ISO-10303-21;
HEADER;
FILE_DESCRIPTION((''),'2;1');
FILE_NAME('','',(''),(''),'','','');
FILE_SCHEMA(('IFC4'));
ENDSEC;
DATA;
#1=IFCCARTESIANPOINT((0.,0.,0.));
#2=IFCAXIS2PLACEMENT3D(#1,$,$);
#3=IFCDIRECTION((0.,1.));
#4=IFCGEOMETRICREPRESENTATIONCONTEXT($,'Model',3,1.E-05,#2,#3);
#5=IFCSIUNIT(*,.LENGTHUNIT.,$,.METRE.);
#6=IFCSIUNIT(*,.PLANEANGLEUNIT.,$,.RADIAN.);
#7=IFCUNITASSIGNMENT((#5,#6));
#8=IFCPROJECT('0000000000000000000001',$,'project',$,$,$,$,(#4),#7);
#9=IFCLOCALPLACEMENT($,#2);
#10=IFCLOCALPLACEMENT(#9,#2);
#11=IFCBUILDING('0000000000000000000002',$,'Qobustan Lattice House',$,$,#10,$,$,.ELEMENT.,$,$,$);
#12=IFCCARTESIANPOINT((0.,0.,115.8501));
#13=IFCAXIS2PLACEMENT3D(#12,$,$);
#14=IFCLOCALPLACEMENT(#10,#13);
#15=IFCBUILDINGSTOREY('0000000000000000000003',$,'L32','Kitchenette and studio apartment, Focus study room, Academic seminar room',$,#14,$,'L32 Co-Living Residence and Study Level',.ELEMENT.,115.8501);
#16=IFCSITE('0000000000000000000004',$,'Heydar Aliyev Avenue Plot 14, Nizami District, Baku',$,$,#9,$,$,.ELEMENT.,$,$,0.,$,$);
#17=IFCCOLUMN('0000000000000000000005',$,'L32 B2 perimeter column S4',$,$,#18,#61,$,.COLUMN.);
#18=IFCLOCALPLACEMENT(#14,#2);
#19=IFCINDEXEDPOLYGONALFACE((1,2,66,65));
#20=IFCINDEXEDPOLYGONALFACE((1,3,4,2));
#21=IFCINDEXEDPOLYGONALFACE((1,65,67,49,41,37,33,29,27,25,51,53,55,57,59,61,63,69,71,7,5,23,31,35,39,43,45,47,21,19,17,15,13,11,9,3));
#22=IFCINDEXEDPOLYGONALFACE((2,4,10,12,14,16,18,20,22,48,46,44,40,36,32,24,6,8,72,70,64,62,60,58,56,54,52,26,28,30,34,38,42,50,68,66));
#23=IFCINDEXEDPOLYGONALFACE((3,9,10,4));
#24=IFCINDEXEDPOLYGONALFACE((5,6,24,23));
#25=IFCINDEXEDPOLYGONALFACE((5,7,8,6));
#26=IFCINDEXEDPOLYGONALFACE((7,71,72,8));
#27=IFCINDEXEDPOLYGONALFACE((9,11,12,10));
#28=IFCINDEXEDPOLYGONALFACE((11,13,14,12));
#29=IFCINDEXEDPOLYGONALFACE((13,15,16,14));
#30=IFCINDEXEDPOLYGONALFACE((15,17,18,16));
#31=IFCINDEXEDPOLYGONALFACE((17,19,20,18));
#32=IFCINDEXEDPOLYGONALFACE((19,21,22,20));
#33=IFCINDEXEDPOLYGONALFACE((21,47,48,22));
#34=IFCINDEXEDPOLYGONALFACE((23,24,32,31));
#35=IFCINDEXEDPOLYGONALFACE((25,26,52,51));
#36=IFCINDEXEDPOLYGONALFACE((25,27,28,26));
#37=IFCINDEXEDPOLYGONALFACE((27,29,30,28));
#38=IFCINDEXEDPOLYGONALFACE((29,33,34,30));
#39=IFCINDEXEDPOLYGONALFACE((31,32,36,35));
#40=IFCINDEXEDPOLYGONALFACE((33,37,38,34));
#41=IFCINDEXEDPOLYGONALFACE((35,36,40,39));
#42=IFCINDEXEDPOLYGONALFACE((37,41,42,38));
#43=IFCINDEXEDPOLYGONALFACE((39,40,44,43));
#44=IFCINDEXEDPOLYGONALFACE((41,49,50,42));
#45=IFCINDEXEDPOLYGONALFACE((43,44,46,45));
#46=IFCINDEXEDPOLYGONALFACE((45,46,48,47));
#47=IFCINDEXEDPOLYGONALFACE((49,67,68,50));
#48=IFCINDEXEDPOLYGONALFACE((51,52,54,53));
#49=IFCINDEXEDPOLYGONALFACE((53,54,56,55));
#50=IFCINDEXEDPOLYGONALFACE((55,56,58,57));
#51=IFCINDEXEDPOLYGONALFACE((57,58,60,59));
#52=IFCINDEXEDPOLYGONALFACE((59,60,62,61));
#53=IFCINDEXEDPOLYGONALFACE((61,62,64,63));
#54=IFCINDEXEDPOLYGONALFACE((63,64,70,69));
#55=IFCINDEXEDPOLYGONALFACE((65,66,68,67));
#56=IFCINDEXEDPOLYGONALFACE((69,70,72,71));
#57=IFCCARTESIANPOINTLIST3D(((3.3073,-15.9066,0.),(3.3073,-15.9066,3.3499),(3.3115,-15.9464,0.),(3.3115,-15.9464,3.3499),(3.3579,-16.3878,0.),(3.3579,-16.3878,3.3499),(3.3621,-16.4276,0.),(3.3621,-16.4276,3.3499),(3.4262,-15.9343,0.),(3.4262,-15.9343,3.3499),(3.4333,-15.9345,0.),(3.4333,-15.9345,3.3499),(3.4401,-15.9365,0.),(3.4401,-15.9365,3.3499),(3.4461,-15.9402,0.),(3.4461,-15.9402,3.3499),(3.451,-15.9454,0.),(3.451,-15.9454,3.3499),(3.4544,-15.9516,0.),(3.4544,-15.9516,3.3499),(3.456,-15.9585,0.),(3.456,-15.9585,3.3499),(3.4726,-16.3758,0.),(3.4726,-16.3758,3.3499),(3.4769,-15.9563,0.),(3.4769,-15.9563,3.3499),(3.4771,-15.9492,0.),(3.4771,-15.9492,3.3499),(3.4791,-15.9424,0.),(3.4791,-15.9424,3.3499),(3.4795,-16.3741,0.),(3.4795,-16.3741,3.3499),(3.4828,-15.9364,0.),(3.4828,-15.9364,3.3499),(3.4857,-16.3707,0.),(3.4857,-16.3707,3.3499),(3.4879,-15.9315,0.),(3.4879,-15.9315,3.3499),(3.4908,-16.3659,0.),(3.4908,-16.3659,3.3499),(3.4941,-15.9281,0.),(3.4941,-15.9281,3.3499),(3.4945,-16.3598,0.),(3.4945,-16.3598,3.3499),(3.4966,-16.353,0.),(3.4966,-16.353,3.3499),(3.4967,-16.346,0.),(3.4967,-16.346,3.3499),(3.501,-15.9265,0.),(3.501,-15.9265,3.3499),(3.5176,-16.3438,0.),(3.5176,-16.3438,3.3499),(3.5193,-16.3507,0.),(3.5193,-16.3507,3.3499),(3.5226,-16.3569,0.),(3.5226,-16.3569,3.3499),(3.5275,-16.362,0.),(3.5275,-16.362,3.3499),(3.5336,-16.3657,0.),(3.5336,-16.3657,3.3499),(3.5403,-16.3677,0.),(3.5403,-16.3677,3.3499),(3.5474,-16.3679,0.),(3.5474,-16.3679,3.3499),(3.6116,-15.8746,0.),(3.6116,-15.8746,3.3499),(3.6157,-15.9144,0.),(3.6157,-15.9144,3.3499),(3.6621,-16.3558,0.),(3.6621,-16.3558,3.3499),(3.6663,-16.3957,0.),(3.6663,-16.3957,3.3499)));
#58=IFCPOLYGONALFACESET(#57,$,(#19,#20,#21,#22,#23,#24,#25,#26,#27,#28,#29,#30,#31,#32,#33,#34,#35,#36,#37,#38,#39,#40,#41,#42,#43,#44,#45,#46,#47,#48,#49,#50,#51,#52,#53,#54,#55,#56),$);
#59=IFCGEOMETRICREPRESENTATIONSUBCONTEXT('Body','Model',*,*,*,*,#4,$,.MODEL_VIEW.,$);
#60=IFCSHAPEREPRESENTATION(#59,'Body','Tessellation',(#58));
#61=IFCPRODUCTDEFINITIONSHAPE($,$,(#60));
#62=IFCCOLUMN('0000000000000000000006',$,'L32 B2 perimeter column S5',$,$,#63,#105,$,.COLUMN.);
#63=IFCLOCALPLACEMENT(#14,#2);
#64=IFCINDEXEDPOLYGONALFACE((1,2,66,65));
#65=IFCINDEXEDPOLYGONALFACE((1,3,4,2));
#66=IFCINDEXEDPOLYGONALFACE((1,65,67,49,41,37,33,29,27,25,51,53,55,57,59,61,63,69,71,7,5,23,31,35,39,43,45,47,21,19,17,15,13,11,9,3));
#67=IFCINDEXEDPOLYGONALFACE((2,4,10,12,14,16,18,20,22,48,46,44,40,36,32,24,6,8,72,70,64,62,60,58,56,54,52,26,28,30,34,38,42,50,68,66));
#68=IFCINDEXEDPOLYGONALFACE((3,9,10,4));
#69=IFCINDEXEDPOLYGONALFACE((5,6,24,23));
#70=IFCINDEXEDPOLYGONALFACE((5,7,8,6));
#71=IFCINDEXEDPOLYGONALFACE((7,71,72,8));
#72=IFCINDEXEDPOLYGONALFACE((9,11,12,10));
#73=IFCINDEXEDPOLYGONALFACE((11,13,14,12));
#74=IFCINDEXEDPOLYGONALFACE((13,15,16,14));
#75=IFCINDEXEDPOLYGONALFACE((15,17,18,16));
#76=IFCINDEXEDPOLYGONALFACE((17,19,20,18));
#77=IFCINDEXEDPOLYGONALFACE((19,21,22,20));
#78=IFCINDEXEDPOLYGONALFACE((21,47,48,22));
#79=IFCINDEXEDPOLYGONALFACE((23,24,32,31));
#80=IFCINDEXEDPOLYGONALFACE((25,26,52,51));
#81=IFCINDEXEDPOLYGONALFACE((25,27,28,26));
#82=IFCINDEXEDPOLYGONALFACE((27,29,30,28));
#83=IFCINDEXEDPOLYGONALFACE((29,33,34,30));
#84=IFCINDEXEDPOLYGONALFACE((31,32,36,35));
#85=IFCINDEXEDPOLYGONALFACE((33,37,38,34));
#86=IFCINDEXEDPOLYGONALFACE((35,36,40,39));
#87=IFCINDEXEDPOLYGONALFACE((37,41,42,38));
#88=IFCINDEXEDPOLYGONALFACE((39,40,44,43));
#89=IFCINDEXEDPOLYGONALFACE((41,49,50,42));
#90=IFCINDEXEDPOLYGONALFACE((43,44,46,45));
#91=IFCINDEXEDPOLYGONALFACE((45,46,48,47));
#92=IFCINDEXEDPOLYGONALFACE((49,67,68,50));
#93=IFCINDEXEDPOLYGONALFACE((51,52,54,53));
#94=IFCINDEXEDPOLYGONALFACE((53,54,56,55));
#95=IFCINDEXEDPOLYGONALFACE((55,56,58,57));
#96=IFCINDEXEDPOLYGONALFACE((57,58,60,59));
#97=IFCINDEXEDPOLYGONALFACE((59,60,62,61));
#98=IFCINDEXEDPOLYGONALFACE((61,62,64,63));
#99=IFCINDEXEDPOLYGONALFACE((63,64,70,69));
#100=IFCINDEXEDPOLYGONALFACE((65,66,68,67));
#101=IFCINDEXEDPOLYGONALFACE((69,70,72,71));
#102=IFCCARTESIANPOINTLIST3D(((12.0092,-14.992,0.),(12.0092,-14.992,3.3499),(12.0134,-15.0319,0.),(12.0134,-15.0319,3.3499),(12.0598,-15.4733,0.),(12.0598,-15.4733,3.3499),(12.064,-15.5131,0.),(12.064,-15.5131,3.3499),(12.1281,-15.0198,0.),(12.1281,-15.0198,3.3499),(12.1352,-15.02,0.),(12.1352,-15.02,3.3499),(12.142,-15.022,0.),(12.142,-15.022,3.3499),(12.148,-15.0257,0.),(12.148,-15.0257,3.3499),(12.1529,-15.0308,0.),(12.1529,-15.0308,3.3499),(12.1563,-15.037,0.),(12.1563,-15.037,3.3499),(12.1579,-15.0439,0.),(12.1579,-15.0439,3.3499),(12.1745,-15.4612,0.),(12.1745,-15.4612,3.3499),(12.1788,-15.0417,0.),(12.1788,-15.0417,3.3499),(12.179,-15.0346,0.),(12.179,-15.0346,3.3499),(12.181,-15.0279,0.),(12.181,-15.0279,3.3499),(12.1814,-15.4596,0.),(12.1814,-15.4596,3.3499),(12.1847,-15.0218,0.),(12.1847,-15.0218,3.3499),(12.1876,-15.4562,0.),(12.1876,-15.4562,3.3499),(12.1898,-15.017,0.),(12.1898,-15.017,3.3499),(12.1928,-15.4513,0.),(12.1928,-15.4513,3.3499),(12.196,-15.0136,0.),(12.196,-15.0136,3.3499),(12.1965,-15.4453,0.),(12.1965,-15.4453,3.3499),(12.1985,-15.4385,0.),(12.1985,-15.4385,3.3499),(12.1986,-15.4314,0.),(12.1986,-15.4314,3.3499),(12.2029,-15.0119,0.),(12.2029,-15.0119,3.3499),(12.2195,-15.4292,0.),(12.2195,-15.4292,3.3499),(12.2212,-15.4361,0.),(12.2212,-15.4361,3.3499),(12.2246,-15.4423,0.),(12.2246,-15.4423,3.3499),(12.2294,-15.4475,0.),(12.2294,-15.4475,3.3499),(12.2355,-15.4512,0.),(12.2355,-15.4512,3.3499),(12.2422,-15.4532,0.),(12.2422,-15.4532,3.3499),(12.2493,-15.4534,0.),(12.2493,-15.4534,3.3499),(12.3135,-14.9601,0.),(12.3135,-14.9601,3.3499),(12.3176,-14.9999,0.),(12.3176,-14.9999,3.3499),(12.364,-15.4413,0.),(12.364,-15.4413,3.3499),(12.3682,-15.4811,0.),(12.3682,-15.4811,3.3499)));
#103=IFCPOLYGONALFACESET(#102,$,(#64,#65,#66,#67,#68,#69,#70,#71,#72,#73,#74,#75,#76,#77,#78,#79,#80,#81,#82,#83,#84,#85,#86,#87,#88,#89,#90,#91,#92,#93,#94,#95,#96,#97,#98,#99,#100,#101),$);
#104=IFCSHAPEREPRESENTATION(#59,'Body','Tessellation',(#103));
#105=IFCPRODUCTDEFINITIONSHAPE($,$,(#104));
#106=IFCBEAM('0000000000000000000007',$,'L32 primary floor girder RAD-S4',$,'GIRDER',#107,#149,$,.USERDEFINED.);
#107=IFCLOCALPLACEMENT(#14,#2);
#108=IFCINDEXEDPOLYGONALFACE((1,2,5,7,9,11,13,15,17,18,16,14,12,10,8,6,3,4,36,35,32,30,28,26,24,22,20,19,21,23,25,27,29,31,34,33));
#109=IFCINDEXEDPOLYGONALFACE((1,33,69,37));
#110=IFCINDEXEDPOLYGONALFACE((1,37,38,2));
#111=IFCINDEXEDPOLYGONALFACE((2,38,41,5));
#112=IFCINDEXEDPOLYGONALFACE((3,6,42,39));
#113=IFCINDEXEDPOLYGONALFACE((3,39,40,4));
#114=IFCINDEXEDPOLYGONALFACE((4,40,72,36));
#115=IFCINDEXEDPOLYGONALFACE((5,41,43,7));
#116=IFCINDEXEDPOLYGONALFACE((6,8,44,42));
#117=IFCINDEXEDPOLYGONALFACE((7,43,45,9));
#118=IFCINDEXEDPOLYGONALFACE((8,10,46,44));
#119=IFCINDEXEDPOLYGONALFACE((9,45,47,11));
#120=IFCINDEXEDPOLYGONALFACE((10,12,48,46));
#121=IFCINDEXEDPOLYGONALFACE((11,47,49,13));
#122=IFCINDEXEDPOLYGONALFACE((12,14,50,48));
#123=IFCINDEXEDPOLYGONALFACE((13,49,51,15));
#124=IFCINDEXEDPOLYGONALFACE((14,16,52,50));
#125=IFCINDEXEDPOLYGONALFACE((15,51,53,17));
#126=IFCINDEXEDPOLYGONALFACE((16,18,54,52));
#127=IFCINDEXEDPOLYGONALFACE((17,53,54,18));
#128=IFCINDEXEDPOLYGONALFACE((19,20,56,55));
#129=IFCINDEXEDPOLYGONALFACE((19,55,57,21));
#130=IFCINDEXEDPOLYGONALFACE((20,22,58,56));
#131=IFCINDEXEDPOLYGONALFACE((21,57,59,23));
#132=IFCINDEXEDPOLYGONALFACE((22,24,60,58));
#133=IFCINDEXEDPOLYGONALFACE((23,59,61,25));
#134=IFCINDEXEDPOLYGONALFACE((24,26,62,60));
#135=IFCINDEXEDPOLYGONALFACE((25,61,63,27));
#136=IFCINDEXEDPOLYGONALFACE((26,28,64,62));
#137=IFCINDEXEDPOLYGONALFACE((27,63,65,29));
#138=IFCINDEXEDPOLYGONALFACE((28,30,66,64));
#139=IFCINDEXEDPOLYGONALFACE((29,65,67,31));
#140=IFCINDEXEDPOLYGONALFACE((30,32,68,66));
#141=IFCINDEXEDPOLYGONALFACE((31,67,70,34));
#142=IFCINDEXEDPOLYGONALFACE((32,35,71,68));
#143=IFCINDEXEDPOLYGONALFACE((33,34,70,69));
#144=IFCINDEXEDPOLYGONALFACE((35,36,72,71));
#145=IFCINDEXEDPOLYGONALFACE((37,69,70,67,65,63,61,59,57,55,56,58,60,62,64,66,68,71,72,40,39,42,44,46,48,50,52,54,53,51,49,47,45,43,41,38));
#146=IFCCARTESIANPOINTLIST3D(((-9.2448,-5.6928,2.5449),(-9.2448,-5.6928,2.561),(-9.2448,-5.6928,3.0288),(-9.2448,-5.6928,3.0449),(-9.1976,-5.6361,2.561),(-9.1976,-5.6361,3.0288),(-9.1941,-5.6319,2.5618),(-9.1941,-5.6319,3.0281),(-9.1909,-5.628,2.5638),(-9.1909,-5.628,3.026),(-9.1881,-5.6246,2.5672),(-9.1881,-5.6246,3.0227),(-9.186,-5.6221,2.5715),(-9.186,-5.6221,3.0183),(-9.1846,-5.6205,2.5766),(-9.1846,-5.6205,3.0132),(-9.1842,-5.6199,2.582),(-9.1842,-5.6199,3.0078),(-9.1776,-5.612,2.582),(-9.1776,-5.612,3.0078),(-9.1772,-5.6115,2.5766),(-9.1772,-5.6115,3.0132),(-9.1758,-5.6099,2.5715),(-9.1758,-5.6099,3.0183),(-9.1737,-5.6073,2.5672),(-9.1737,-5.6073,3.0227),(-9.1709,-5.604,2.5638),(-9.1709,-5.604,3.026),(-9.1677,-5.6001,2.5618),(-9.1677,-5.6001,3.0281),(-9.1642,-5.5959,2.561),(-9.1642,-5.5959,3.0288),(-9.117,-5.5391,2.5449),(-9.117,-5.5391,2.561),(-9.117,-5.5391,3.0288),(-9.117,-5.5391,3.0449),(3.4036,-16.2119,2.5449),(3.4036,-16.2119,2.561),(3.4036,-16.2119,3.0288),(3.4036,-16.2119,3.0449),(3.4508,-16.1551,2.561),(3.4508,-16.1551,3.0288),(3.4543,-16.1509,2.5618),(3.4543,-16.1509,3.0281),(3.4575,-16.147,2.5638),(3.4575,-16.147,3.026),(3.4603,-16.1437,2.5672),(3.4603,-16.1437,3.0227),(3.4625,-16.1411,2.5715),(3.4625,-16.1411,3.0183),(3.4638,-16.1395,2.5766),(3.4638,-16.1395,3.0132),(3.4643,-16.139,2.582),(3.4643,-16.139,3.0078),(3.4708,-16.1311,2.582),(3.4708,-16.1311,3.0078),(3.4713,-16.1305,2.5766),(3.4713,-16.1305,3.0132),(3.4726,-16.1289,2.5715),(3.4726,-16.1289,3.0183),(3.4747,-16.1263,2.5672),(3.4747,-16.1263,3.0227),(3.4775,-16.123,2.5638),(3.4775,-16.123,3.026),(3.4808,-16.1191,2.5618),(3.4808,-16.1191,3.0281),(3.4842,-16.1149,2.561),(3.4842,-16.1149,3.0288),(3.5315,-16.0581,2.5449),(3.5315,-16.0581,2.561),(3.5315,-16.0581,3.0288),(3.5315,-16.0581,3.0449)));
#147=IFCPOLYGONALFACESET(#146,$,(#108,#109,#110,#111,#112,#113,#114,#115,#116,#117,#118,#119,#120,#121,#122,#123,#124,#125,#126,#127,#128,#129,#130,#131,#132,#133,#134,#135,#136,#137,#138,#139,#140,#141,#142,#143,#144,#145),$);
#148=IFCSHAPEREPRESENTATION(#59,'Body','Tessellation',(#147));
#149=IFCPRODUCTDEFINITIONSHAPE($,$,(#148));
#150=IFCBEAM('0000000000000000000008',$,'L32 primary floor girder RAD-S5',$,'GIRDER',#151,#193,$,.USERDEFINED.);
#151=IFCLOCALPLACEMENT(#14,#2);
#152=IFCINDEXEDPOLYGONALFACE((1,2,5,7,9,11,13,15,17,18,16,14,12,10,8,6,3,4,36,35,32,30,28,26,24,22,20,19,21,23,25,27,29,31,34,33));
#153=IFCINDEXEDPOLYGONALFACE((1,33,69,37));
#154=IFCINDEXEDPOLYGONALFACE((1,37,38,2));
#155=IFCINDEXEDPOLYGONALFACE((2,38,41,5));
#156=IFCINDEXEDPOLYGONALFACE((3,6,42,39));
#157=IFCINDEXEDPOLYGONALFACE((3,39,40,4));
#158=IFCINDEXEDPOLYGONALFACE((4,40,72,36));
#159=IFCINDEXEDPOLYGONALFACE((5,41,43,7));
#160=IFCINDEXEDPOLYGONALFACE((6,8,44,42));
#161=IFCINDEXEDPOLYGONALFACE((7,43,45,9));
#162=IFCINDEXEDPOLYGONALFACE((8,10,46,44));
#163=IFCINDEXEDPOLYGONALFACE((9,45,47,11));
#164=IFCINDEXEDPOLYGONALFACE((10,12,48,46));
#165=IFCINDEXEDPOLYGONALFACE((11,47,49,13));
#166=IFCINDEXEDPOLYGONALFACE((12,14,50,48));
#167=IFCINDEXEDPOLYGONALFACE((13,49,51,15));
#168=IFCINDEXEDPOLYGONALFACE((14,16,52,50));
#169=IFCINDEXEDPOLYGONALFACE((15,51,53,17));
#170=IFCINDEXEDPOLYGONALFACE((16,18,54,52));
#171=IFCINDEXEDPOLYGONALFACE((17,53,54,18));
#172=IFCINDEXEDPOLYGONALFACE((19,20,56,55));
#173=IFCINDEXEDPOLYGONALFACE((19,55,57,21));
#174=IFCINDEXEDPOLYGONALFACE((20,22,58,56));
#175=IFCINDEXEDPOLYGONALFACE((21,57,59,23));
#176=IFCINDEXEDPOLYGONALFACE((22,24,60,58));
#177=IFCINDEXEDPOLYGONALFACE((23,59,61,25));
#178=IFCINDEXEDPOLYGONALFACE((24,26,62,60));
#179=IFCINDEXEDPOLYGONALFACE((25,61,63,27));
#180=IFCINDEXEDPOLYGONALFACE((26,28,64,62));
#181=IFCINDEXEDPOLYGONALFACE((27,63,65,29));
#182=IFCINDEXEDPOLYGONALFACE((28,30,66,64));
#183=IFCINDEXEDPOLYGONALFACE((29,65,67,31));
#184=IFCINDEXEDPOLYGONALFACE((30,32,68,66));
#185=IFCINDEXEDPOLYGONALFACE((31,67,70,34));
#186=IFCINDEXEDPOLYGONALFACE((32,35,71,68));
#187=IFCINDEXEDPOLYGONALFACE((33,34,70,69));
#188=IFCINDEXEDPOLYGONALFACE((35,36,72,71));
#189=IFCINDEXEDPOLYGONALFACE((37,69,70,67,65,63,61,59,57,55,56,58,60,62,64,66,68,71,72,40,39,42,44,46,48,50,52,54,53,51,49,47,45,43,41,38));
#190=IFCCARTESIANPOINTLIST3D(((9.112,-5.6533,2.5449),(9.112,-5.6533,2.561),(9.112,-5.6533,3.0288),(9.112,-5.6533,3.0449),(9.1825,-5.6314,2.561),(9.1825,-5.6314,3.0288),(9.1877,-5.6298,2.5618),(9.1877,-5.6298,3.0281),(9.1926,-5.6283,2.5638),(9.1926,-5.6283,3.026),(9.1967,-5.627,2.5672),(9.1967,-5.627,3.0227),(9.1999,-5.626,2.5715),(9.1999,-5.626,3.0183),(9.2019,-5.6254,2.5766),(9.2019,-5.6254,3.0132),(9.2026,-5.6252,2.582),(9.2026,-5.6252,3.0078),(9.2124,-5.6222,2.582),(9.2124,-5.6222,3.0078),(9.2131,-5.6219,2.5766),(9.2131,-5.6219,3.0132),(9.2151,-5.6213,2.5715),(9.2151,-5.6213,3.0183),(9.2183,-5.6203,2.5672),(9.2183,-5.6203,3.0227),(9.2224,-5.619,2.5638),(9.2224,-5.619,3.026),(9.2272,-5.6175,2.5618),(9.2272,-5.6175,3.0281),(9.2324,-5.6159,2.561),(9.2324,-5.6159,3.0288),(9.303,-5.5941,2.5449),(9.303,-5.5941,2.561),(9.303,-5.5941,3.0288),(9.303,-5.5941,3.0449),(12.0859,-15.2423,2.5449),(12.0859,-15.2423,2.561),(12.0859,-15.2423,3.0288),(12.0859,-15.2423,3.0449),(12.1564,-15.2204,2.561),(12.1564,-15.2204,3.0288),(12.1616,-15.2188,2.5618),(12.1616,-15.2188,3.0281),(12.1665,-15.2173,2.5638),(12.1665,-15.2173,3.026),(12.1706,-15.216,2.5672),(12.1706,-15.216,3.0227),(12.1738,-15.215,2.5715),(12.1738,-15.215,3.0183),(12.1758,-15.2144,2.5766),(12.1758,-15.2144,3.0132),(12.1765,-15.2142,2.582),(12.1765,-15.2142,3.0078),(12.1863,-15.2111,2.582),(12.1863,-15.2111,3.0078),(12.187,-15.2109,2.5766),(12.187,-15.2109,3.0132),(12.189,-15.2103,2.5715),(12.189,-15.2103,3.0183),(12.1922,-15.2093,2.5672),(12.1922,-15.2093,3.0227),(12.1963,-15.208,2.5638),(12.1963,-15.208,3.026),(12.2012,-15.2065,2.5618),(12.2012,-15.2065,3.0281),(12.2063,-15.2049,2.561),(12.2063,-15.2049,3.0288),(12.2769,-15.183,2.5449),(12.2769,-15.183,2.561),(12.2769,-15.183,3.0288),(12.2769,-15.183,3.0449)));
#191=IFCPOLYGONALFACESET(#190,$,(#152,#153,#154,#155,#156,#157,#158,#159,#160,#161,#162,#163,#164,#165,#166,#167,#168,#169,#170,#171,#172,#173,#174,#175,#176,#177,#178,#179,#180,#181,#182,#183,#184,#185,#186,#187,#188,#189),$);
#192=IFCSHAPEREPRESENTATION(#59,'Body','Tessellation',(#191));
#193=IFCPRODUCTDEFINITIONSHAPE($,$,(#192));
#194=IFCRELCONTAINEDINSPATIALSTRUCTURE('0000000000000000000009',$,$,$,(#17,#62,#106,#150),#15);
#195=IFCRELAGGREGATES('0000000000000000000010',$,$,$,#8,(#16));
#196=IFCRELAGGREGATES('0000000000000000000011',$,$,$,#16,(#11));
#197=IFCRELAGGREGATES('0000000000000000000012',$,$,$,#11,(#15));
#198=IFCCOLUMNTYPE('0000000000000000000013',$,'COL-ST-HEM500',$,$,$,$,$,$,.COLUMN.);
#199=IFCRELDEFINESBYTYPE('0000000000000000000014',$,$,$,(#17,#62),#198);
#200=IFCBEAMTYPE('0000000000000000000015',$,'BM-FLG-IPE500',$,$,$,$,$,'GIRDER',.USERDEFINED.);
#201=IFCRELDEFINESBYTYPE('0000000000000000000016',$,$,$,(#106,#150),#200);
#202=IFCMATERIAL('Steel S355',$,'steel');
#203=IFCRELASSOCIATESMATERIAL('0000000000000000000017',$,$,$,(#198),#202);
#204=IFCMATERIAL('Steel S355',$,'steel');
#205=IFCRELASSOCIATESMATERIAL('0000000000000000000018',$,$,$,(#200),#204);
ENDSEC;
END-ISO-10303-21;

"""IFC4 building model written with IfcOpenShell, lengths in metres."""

from ifc_helpers import new_model, si_unit, direction, frame, origin, origin_2d, place, context, subcontext, project, spatial, i_section, extrude, material, material_profile, profile_set, type_object, element, save


model = new_model("IFC4")

# Units and contexts
model_context = context("Model", 3, precision=1e-05, world=origin(), true_north=direction((0.0, 1.0)))
body_context = subcontext(model_context, "Body", "Model", "MODEL_VIEW")
ifc_project = project(units=[si_unit("LENGTHUNIT", "METRE"), si_unit("PLANEANGLEUNIT", "RADIAN")], contexts=[model_context])

# Site, building, storey
site_placement = place(None, origin())
site = spatial("IfcSite", under=ifc_project, at=site_placement, Name="Heydar Aliyev Avenue Plot 14, Nizami District, Baku", CompositionType="ELEMENT", RefElevation=0.0)
building_placement = place(site_placement, origin())
building = spatial("IfcBuilding", under=site, at=building_placement, Name="Qobustan Lattice House", CompositionType="ELEMENT")
storey_placement = place(building_placement, frame((0.0, 0.0, 115.8501)))
storey = spatial("IfcBuildingStorey", under=building, at=storey_placement, Name="L32", Description="Kitchenette and studio apartment, Focus study room, Academic seminar room", LongName="L32 Co-Living Residence and Study Level", CompositionType="ELEMENT", Elevation=115.8501)

# Columns
ifc_material_1 = material(Name="Steel S355", Category="steel")
ifc_material_profile_1 = material_profile(ifc_material_1, i_section(OverallWidth=0.3059, OverallDepth=0.5239, WebThickness=0.021, FlangeThickness=0.04, FilletRadius=0.0271, at=origin_2d()), Name="HEM500")
ifc_profile_set_1 = profile_set([ifc_material_profile_1], Name="Steel S355")
column_type = type_object("IfcColumnType", Name="COL-ST-HEM500", PredefinedType="COLUMN", material=ifc_profile_set_1)
for number, where, z_axis, x_axis, name in (
    (1, (3.4868, -16.1511, 0.0), (0.0, 0.0, 1.0), (0.994522, 0.104528, 0.0), "L32 B2 perimeter column S4"),
    (2, (12.1887, -15.2366, 0.0), (0.0, 0.0, 1.0), (0.994522, 0.104528, 0.0), "L32 B2 perimeter column S5"),
):
    element("IfcColumn", number, at=place(storey_placement, frame(where, z_axis=z_axis, x_axis=x_axis)), inside=storey, type_object=column_type, Name=name, PredefinedType="COLUMN", context=body_context, shape_type="SweptSolid", body=[
        extrude(i_section(OverallWidth=0.3059, OverallDepth=0.5239, WebThickness=0.021, FlangeThickness=0.04, FilletRadius=0.0271, at=origin_2d()), origin(), (0.0, 0.0, 1.0), 3.3499),
    ])

# Beams
ifc_material_2 = material(Name="Steel S355", Category="steel")
ifc_material_profile_2 = material_profile(ifc_material_2, i_section(OverallWidth=0.2, OverallDepth=0.5, WebThickness=0.0103, FlangeThickness=0.0161, FilletRadius=0.021, at=origin_2d()), Name="IPE500")
ifc_profile_set_2 = profile_set([ifc_material_profile_2], Name="Steel S355")
beam_type_1 = type_object("IfcBeamType", Name="BM-FLG-IPE500", ElementType="GIRDER", PredefinedType="USERDEFINED", material=ifc_profile_set_2)
beam_1_placement = place(storey_placement, frame((3.4675, -16.135, 2.7949), z_axis=(-0.768858, 0.639419, 0.0), x_axis=(-0.639419, -0.768858, 0.0)))
element("IfcBeam", 3, at=beam_1_placement, inside=storey, type_object=beam_type_1, Name="L32 primary floor girder RAD-S4", ObjectType="GIRDER", PredefinedType="USERDEFINED", context=body_context, shape_type="SweptSolid", body=[
    extrude(i_section(OverallWidth=0.2, OverallDepth=0.5, WebThickness=0.0103, FlangeThickness=0.0161, FilletRadius=0.021, at=origin_2d()), origin(), (0.0, 0.0, 1.0), 16.4509),
])
beam_2_placement = place(storey_placement, frame((12.1814, -15.2126, 2.7949), z_axis=(-0.296219, 0.95512, 0.0), x_axis=(-0.95512, -0.296219, 0.0)))
element("IfcBeam", 4, at=beam_2_placement, inside=storey, type_object=beam_type_1, Name="L32 primary floor girder RAD-S5", ObjectType="GIRDER", PredefinedType="USERDEFINED", context=body_context, shape_type="SweptSolid", body=[
    extrude(i_section(OverallWidth=0.2, OverallDepth=0.5, WebThickness=0.0103, FlangeThickness=0.0161, FilletRadius=0.021, at=origin_2d()), origin(), (0.0, 0.0, 1.0), 10.0396),
])

save(model, "model.ifc")
